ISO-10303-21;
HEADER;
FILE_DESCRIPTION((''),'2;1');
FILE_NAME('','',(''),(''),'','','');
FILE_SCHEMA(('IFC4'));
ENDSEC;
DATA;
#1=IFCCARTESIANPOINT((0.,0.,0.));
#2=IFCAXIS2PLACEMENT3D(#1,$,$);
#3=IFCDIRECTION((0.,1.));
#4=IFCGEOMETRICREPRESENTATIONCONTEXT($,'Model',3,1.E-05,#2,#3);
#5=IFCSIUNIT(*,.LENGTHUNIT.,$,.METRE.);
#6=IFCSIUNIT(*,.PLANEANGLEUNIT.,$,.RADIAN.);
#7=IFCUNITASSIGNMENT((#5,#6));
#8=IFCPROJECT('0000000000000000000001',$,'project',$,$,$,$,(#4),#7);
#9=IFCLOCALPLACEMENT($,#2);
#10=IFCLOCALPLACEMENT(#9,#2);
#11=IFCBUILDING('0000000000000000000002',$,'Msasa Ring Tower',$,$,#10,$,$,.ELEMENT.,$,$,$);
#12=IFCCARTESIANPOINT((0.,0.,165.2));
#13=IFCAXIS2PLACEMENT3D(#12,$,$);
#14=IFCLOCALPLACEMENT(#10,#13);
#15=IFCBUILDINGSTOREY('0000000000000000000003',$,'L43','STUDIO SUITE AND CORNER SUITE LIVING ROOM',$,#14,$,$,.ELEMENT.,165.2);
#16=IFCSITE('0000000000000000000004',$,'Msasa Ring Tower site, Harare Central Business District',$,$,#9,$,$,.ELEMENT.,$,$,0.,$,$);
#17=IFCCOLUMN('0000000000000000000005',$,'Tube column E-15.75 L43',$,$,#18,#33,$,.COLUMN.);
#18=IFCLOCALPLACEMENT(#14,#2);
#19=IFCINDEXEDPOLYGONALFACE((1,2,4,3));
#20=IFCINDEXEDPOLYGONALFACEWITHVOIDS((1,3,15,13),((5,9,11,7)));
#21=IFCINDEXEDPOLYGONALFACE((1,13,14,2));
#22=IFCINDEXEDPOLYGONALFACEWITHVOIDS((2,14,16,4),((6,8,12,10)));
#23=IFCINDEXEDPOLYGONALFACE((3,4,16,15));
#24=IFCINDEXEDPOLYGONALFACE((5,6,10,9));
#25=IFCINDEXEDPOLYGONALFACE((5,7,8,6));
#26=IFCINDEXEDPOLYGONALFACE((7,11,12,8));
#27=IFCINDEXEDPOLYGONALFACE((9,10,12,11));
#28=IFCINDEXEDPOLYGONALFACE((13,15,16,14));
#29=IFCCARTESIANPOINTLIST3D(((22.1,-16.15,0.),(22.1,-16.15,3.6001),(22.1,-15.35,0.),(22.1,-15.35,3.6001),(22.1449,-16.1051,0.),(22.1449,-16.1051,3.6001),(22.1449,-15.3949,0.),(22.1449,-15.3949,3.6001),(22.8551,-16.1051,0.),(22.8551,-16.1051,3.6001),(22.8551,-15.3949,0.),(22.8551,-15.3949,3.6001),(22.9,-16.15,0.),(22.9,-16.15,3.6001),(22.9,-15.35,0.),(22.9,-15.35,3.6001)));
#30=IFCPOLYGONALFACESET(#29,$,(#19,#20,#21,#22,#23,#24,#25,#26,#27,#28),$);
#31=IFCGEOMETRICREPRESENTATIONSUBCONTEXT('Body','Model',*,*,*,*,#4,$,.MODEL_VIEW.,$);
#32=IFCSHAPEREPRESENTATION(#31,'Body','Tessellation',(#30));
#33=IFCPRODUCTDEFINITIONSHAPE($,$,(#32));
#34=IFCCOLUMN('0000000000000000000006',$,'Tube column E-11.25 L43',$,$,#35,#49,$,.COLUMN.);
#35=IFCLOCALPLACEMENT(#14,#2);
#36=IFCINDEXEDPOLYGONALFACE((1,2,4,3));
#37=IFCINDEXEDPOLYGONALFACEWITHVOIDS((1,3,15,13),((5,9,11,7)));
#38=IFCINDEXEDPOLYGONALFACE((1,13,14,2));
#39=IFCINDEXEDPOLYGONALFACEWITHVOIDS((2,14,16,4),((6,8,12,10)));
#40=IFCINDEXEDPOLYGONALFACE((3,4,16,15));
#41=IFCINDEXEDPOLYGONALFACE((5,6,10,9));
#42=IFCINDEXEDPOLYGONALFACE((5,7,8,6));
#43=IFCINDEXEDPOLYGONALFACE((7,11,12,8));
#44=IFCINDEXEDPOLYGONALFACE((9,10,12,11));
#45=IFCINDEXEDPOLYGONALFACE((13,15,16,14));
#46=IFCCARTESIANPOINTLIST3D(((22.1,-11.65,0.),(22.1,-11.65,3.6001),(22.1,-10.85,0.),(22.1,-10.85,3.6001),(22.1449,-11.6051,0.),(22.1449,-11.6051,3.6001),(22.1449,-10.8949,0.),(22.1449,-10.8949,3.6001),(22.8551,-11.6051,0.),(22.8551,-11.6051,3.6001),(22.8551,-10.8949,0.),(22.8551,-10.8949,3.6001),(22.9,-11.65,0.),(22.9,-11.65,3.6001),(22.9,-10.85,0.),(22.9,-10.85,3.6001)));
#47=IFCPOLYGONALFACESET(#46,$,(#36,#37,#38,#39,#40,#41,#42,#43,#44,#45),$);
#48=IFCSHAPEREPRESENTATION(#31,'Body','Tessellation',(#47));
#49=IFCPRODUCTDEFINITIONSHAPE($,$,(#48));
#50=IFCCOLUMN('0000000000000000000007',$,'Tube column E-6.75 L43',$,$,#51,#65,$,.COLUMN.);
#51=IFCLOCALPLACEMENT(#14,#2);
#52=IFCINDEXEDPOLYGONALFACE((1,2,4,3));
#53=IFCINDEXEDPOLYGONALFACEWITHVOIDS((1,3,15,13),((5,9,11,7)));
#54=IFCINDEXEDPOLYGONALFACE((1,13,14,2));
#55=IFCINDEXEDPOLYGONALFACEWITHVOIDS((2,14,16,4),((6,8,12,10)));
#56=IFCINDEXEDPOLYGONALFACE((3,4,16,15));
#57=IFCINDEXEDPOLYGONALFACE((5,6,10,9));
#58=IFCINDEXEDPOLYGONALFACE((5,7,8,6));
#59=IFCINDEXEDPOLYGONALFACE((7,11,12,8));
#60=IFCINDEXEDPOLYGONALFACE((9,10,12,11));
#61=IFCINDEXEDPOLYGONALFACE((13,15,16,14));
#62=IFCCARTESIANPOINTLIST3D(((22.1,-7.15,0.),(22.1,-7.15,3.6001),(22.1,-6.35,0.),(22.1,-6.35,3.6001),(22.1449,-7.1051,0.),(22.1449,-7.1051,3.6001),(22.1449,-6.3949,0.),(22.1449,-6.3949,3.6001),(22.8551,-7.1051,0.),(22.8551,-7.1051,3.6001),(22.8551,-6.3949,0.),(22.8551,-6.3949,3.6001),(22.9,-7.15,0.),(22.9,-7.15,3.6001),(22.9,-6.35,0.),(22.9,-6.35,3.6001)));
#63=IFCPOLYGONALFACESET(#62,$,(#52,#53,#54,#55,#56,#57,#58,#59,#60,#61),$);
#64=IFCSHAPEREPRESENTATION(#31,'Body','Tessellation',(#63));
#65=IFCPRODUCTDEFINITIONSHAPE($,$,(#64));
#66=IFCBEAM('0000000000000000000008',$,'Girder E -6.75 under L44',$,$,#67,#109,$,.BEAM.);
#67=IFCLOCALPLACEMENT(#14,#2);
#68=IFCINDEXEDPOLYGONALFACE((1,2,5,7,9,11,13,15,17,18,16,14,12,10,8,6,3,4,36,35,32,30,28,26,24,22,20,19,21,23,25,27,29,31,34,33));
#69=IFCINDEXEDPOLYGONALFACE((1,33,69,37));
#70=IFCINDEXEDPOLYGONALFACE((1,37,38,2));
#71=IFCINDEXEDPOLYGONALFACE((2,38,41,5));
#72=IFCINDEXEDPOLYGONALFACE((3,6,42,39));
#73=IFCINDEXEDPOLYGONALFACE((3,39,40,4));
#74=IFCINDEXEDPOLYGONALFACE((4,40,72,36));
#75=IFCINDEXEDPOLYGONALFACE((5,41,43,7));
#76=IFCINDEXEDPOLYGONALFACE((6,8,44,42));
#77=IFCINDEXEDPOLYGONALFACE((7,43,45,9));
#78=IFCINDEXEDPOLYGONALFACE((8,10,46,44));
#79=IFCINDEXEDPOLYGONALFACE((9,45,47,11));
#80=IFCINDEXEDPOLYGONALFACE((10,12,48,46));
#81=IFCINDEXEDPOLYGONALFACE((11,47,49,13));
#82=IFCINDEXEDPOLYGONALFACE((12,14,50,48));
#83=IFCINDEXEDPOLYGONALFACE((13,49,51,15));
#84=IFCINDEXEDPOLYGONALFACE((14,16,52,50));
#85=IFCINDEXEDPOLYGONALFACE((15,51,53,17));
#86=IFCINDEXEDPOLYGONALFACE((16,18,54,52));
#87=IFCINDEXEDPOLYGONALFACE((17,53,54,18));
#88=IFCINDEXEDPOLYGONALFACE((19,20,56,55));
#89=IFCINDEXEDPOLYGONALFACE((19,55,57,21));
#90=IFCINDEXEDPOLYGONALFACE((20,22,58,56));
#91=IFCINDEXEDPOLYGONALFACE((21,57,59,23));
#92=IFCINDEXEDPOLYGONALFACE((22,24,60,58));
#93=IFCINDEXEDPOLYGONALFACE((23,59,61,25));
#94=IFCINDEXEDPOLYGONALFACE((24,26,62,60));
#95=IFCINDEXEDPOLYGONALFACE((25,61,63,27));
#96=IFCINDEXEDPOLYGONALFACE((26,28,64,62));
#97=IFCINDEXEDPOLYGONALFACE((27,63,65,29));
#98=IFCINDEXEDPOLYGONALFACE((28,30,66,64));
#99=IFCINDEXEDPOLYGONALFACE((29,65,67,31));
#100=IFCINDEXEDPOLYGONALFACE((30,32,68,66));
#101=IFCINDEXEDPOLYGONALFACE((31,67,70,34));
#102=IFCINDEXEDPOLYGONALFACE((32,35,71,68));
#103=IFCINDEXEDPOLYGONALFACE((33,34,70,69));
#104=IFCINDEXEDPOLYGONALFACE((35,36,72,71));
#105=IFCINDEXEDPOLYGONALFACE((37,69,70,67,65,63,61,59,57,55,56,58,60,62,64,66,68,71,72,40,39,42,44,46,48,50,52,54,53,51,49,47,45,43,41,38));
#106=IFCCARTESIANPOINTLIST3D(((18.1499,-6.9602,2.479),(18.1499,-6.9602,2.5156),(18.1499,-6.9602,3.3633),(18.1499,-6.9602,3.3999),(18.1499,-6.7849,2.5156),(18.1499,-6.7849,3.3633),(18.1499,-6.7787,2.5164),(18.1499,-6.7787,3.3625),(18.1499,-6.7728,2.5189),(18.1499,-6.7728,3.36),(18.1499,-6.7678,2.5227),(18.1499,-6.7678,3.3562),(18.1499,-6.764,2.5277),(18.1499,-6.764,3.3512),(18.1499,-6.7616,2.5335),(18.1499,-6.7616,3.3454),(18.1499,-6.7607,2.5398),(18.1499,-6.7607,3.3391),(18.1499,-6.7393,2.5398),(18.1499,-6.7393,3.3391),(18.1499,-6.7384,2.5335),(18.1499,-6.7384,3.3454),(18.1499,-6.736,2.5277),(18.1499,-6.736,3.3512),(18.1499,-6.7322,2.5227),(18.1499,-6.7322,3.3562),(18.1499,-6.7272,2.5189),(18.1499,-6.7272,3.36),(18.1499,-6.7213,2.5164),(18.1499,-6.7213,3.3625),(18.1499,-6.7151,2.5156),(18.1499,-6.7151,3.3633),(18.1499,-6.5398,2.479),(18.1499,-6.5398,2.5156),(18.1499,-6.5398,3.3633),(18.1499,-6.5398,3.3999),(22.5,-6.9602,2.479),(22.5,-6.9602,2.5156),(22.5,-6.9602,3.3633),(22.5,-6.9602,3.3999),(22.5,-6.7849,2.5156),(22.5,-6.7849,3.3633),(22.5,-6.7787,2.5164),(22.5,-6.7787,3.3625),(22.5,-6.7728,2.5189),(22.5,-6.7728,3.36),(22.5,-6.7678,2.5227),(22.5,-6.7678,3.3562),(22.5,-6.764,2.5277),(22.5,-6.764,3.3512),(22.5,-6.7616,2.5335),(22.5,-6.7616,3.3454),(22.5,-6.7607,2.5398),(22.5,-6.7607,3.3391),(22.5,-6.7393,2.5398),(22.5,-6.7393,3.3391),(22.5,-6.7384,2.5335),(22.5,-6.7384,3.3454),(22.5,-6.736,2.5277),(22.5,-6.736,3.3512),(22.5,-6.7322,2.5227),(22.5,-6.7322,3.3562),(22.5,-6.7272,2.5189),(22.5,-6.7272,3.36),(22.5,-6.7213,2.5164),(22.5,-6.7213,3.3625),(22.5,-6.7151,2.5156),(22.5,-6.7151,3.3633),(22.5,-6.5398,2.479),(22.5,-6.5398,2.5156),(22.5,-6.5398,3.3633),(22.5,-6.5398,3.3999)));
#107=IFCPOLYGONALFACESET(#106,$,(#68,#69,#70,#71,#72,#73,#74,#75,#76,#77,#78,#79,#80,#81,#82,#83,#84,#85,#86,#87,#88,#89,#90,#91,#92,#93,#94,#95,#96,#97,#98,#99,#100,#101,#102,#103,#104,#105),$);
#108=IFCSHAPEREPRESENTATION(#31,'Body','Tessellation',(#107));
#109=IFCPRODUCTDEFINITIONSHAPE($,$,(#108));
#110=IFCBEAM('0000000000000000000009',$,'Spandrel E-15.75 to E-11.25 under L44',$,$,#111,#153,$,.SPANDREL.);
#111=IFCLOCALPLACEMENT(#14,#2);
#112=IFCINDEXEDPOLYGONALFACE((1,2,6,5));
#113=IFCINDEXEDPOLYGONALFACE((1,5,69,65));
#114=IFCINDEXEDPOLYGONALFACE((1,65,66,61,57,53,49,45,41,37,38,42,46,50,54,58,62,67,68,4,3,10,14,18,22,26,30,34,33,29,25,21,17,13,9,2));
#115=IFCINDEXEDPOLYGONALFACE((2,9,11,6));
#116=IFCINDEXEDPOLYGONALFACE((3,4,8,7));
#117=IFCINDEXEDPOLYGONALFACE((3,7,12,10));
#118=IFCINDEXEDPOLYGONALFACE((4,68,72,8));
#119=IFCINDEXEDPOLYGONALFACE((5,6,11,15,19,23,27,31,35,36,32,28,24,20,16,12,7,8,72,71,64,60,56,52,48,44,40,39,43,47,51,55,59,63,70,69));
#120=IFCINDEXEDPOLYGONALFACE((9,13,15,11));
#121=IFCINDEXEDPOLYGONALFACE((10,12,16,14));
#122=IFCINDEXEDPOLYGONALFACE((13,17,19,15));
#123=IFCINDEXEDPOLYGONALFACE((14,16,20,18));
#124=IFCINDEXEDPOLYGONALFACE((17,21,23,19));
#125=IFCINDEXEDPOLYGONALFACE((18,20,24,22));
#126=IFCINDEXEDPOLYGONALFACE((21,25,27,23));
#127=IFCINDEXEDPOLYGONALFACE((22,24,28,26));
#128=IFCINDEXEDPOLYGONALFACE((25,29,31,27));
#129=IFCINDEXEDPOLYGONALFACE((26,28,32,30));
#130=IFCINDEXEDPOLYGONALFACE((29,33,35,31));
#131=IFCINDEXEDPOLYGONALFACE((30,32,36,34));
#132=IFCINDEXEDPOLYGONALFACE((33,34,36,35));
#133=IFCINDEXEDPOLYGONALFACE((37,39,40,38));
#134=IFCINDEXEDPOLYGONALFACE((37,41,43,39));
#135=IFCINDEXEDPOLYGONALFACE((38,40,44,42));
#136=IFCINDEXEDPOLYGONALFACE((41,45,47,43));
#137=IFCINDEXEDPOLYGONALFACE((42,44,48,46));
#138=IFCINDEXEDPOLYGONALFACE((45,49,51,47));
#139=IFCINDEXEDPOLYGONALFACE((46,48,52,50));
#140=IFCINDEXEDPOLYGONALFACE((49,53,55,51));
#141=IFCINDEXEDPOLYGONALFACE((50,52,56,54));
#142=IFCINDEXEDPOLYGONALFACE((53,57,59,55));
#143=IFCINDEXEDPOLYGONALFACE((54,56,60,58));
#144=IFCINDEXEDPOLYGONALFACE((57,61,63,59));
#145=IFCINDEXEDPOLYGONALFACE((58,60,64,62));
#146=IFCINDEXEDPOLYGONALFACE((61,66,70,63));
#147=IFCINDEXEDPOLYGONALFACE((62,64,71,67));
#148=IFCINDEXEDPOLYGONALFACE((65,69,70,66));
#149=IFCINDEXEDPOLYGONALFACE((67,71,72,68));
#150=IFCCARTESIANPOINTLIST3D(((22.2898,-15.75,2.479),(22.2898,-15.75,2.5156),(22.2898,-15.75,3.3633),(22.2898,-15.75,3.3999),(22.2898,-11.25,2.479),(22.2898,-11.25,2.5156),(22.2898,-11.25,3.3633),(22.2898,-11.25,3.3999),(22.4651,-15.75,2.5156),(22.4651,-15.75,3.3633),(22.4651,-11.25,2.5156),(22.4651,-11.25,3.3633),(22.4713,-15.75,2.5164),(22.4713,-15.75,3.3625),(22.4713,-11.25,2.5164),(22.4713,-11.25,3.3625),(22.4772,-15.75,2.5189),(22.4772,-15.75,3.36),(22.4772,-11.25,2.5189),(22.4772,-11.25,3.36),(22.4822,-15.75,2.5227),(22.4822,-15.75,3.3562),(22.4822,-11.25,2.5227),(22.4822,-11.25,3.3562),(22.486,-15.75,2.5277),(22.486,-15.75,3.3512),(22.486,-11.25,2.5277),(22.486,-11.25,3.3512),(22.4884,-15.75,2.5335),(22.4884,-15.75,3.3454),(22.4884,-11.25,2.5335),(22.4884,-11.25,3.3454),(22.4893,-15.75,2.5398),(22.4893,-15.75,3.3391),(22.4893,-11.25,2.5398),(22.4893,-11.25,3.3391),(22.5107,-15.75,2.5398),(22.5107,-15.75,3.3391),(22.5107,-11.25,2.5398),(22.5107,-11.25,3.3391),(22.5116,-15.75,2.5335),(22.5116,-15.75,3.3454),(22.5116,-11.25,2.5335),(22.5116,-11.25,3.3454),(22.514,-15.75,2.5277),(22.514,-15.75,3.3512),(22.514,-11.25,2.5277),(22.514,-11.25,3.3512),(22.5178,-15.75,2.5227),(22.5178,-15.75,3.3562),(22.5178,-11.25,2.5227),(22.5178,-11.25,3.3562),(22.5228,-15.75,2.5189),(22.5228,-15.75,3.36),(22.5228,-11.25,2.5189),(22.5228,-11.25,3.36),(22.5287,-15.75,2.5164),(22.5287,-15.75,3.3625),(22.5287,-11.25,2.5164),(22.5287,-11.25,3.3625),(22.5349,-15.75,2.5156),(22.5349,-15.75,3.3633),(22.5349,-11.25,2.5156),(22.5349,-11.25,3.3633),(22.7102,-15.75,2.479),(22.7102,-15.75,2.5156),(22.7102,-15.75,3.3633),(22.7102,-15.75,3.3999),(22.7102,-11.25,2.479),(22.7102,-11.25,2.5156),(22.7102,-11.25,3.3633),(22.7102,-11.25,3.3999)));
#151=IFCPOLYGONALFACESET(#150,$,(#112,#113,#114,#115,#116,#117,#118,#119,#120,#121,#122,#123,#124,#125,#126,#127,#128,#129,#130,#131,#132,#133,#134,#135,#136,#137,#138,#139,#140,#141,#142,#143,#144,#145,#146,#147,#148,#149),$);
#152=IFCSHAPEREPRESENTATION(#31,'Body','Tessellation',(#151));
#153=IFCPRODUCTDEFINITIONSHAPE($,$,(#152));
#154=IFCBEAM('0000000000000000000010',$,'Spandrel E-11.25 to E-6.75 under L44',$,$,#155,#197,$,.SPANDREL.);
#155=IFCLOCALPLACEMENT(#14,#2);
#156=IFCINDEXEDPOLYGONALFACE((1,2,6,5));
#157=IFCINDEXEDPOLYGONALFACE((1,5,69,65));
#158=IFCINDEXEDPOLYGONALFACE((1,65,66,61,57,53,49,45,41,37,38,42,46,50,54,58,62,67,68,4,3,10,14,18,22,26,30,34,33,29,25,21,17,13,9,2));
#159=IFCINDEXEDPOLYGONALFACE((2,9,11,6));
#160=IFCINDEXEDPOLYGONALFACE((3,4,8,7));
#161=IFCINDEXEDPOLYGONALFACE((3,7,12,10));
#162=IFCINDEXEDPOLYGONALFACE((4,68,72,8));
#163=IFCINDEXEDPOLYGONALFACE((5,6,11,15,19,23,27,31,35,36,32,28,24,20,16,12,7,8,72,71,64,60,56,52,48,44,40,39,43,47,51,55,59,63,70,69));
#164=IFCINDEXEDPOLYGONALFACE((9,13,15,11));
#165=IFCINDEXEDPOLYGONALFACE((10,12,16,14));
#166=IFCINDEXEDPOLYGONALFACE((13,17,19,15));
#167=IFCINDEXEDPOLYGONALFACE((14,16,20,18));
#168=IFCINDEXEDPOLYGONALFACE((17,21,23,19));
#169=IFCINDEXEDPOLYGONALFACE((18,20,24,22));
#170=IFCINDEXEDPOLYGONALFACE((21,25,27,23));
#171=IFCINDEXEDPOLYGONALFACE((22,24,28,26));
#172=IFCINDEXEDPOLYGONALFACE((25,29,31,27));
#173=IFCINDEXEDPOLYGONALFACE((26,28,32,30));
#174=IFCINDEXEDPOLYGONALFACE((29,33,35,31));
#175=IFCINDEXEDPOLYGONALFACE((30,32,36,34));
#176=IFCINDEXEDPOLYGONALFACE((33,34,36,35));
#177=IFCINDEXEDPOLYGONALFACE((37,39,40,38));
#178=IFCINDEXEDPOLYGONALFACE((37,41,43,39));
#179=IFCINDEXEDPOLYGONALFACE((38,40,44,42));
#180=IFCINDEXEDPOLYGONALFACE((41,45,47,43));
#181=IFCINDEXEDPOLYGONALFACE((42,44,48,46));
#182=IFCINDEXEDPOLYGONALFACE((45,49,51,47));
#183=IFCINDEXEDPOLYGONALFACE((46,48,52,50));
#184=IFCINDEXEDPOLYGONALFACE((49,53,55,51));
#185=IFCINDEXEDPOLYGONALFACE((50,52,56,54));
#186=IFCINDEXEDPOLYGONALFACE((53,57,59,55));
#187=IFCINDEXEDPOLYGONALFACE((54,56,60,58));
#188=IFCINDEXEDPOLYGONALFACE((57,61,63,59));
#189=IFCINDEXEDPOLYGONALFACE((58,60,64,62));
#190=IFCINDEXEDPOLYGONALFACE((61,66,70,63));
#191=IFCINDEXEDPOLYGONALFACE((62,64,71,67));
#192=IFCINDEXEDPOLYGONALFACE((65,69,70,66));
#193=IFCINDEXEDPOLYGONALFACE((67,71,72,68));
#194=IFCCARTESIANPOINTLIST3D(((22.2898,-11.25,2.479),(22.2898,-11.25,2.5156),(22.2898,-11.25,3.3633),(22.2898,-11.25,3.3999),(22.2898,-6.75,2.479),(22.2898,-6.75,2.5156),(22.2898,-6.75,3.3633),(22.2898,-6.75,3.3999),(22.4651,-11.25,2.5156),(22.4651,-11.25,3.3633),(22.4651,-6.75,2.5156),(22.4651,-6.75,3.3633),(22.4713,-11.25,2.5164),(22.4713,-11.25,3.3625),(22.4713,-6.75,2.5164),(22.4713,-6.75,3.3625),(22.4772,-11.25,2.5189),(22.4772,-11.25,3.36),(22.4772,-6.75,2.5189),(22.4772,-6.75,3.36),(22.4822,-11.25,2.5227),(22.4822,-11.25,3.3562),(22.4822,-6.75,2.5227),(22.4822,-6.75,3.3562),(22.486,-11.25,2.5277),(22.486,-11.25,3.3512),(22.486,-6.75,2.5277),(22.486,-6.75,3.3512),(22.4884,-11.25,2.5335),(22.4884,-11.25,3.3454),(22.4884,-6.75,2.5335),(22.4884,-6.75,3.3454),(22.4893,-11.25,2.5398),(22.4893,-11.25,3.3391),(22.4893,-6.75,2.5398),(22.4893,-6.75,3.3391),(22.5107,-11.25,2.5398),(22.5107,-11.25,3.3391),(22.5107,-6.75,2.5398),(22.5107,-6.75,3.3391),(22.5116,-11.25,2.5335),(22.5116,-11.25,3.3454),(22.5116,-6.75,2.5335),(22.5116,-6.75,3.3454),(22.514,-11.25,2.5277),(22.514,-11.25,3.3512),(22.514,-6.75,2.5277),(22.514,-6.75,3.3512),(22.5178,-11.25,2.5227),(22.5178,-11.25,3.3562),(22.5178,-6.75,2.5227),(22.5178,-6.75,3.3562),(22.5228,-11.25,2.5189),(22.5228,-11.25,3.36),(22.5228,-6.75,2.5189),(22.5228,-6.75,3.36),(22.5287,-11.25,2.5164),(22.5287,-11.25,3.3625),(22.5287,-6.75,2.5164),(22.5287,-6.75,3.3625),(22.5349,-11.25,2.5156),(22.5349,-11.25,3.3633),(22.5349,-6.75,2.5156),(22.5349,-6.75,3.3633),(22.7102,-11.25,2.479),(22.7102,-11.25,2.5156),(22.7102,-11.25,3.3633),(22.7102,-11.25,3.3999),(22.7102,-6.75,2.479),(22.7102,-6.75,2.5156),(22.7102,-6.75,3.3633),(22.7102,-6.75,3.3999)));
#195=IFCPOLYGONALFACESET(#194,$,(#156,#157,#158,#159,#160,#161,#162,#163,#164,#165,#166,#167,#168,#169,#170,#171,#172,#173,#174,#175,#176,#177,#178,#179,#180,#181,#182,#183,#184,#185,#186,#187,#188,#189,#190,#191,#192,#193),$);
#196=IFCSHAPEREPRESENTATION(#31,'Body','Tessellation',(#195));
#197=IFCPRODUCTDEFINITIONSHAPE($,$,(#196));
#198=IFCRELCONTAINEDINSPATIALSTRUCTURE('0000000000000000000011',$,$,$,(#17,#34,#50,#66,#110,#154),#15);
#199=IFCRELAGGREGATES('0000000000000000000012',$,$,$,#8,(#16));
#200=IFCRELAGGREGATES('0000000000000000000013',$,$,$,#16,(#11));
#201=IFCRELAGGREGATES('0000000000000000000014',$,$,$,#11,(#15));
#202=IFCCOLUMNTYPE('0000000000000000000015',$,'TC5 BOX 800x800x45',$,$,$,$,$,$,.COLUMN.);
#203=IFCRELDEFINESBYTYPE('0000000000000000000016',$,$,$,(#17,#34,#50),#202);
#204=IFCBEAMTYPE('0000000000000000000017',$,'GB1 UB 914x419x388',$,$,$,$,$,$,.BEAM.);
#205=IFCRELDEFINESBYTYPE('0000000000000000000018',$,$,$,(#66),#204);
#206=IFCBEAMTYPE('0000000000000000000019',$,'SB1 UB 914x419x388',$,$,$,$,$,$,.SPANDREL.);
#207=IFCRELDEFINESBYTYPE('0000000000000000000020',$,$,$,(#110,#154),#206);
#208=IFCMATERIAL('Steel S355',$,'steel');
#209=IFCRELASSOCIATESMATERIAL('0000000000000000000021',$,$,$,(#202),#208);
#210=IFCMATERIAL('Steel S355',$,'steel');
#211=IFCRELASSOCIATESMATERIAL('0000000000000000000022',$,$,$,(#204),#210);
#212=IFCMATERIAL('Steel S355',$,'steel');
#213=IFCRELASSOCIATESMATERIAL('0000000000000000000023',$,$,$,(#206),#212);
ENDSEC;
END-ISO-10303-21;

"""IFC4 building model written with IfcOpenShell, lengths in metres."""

from ifc_helpers import new_model, si_unit, direction, frame, origin, origin_2d, place, context, subcontext, project, spatial, hollow_rectangle, i_section, extrude, material, material_profile, profile_set, type_object, element, save


model = new_model("IFC4")

# Units and contexts
model_context = context("Model", 3, precision=1e-05, world=origin(), true_north=direction((0.0, 1.0)))
body_context = subcontext(model_context, "Body", "Model", "MODEL_VIEW")
ifc_project = project(units=[si_unit("LENGTHUNIT", "METRE"), si_unit("PLANEANGLEUNIT", "RADIAN")], contexts=[model_context])

# Site, building, storey
site_placement = place(None, origin())
site = spatial("IfcSite", under=ifc_project, at=site_placement, Name="Msasa Ring Tower site, Harare Central Business District", CompositionType="ELEMENT", RefElevation=0.0)
building_placement = place(site_placement, origin())
building = spatial("IfcBuilding", under=site, at=building_placement, Name="Msasa Ring Tower", CompositionType="ELEMENT")
storey_placement = place(building_placement, frame((0.0, 0.0, 165.2)))
storey = spatial("IfcBuildingStorey", under=building, at=storey_placement, Name="L43", Description="STUDIO SUITE AND CORNER SUITE LIVING ROOM", CompositionType="ELEMENT", Elevation=165.2)

# Columns
ifc_material_1 = material(Name="Steel S355", Category="steel")
ifc_material_profile_1 = material_profile(ifc_material_1, hollow_rectangle(XDim=0.8, YDim=0.8, WallThickness=0.0449, at=origin_2d()), Name="BOX 800x800x45")
ifc_profile_set_1 = profile_set([ifc_material_profile_1], Name="Steel S355")
column_type = type_object("IfcColumnType", Name="TC5 BOX 800x800x45", PredefinedType="COLUMN", material=ifc_profile_set_1)
for number, where, z_axis, x_axis, name in (
    (1, (22.5, -15.75, 0.0), (0.0, 0.0, 1.0), (1.0, 0.0, 0.0), "Tube column E-15.75 L43"),
    (2, (22.5, -11.25, 0.0), (0.0, 0.0, 1.0), (1.0, 0.0, 0.0), "Tube column E-11.25 L43"),
    (3, (22.5, -6.75, 0.0), (0.0, 0.0, 1.0), (1.0, 0.0, 0.0), "Tube column E-6.75 L43"),
):
    element("IfcColumn", number, at=place(storey_placement, frame(where, z_axis=z_axis, x_axis=x_axis)), inside=storey, type_object=column_type, Name=name, PredefinedType="COLUMN", context=body_context, shape_type="SweptSolid", body=[
        extrude(hollow_rectangle(XDim=0.8, YDim=0.8, WallThickness=0.0449, at=origin_2d()), origin(), (0.0, 0.0, 1.0), 3.6001),
    ])

# Beams
ifc_material_2 = material(Name="Steel S355", Category="steel")
ifc_material_profile_2 = material_profile(ifc_material_2, i_section(OverallWidth=0.4204, OverallDepth=0.9209, WebThickness=0.0215, FlangeThickness=0.0366, FilletRadius=0.0242, at=origin_2d()), Name="UB 914x419x388")
ifc_profile_set_2 = profile_set([ifc_material_profile_2], Name="Steel S355")
beam_type_1 = type_object("IfcBeamType", Name="GB1 UB 914x419x388", PredefinedType="BEAM", material=ifc_profile_set_2)
beam_placement = place(storey_placement, frame((18.1499, -6.75, 2.9395), z_axis=(1.0, 0.0, 0.0), x_axis=(0.0, 1.0, 0.0)))
element("IfcBeam", 4, at=beam_placement, inside=storey, type_object=beam_type_1, Name="Girder E -6.75 under L44", PredefinedType="BEAM", context=body_context, shape_type="SweptSolid", body=[
    extrude(i_section(OverallWidth=0.4204, OverallDepth=0.9209, WebThickness=0.0215, FlangeThickness=0.0366, FilletRadius=0.0242, at=origin_2d()), origin(), (0.0, 0.0, 1.0), 4.3501),
])
ifc_material_3 = material(Name="Steel S355", Category="steel")
ifc_material_profile_3 = material_profile(ifc_material_3, i_section(OverallWidth=0.4204, OverallDepth=0.9209, WebThickness=0.0215, FlangeThickness=0.0366, FilletRadius=0.0242, at=origin_2d()), Name="UB 914x419x388")
ifc_profile_set_3 = profile_set([ifc_material_profile_3], Name="Steel S355")
beam_type_2 = type_object("IfcBeamType", Name="SB1 UB 914x419x388", PredefinedType="SPANDREL", material=ifc_profile_set_3)
for number, where, z_axis, x_axis, name in (
    (5, (22.5, -15.75, 2.9395), (0.0, 1.0, 0.0), (-1.0, 0.0, 0.0), "Spandrel E-15.75 to E-11.25 under L44"),
    (6, (22.5, -11.25, 2.9395), (0.0, 1.0, 0.0), (-1.0, 0.0, 0.0), "Spandrel E-11.25 to E-6.75 under L44"),
):
    element("IfcBeam", number, at=place(storey_placement, frame(where, z_axis=z_axis, x_axis=x_axis)), inside=storey, type_object=beam_type_2, Name=name, PredefinedType="SPANDREL", context=body_context, shape_type="SweptSolid", body=[
        extrude(i_section(OverallWidth=0.4204, OverallDepth=0.9209, WebThickness=0.0215, FlangeThickness=0.0366, FilletRadius=0.0242, at=origin_2d()), origin(), (0.0, 0.0, 1.0), 4.5),
    ])

save(model, "model.ifc")
